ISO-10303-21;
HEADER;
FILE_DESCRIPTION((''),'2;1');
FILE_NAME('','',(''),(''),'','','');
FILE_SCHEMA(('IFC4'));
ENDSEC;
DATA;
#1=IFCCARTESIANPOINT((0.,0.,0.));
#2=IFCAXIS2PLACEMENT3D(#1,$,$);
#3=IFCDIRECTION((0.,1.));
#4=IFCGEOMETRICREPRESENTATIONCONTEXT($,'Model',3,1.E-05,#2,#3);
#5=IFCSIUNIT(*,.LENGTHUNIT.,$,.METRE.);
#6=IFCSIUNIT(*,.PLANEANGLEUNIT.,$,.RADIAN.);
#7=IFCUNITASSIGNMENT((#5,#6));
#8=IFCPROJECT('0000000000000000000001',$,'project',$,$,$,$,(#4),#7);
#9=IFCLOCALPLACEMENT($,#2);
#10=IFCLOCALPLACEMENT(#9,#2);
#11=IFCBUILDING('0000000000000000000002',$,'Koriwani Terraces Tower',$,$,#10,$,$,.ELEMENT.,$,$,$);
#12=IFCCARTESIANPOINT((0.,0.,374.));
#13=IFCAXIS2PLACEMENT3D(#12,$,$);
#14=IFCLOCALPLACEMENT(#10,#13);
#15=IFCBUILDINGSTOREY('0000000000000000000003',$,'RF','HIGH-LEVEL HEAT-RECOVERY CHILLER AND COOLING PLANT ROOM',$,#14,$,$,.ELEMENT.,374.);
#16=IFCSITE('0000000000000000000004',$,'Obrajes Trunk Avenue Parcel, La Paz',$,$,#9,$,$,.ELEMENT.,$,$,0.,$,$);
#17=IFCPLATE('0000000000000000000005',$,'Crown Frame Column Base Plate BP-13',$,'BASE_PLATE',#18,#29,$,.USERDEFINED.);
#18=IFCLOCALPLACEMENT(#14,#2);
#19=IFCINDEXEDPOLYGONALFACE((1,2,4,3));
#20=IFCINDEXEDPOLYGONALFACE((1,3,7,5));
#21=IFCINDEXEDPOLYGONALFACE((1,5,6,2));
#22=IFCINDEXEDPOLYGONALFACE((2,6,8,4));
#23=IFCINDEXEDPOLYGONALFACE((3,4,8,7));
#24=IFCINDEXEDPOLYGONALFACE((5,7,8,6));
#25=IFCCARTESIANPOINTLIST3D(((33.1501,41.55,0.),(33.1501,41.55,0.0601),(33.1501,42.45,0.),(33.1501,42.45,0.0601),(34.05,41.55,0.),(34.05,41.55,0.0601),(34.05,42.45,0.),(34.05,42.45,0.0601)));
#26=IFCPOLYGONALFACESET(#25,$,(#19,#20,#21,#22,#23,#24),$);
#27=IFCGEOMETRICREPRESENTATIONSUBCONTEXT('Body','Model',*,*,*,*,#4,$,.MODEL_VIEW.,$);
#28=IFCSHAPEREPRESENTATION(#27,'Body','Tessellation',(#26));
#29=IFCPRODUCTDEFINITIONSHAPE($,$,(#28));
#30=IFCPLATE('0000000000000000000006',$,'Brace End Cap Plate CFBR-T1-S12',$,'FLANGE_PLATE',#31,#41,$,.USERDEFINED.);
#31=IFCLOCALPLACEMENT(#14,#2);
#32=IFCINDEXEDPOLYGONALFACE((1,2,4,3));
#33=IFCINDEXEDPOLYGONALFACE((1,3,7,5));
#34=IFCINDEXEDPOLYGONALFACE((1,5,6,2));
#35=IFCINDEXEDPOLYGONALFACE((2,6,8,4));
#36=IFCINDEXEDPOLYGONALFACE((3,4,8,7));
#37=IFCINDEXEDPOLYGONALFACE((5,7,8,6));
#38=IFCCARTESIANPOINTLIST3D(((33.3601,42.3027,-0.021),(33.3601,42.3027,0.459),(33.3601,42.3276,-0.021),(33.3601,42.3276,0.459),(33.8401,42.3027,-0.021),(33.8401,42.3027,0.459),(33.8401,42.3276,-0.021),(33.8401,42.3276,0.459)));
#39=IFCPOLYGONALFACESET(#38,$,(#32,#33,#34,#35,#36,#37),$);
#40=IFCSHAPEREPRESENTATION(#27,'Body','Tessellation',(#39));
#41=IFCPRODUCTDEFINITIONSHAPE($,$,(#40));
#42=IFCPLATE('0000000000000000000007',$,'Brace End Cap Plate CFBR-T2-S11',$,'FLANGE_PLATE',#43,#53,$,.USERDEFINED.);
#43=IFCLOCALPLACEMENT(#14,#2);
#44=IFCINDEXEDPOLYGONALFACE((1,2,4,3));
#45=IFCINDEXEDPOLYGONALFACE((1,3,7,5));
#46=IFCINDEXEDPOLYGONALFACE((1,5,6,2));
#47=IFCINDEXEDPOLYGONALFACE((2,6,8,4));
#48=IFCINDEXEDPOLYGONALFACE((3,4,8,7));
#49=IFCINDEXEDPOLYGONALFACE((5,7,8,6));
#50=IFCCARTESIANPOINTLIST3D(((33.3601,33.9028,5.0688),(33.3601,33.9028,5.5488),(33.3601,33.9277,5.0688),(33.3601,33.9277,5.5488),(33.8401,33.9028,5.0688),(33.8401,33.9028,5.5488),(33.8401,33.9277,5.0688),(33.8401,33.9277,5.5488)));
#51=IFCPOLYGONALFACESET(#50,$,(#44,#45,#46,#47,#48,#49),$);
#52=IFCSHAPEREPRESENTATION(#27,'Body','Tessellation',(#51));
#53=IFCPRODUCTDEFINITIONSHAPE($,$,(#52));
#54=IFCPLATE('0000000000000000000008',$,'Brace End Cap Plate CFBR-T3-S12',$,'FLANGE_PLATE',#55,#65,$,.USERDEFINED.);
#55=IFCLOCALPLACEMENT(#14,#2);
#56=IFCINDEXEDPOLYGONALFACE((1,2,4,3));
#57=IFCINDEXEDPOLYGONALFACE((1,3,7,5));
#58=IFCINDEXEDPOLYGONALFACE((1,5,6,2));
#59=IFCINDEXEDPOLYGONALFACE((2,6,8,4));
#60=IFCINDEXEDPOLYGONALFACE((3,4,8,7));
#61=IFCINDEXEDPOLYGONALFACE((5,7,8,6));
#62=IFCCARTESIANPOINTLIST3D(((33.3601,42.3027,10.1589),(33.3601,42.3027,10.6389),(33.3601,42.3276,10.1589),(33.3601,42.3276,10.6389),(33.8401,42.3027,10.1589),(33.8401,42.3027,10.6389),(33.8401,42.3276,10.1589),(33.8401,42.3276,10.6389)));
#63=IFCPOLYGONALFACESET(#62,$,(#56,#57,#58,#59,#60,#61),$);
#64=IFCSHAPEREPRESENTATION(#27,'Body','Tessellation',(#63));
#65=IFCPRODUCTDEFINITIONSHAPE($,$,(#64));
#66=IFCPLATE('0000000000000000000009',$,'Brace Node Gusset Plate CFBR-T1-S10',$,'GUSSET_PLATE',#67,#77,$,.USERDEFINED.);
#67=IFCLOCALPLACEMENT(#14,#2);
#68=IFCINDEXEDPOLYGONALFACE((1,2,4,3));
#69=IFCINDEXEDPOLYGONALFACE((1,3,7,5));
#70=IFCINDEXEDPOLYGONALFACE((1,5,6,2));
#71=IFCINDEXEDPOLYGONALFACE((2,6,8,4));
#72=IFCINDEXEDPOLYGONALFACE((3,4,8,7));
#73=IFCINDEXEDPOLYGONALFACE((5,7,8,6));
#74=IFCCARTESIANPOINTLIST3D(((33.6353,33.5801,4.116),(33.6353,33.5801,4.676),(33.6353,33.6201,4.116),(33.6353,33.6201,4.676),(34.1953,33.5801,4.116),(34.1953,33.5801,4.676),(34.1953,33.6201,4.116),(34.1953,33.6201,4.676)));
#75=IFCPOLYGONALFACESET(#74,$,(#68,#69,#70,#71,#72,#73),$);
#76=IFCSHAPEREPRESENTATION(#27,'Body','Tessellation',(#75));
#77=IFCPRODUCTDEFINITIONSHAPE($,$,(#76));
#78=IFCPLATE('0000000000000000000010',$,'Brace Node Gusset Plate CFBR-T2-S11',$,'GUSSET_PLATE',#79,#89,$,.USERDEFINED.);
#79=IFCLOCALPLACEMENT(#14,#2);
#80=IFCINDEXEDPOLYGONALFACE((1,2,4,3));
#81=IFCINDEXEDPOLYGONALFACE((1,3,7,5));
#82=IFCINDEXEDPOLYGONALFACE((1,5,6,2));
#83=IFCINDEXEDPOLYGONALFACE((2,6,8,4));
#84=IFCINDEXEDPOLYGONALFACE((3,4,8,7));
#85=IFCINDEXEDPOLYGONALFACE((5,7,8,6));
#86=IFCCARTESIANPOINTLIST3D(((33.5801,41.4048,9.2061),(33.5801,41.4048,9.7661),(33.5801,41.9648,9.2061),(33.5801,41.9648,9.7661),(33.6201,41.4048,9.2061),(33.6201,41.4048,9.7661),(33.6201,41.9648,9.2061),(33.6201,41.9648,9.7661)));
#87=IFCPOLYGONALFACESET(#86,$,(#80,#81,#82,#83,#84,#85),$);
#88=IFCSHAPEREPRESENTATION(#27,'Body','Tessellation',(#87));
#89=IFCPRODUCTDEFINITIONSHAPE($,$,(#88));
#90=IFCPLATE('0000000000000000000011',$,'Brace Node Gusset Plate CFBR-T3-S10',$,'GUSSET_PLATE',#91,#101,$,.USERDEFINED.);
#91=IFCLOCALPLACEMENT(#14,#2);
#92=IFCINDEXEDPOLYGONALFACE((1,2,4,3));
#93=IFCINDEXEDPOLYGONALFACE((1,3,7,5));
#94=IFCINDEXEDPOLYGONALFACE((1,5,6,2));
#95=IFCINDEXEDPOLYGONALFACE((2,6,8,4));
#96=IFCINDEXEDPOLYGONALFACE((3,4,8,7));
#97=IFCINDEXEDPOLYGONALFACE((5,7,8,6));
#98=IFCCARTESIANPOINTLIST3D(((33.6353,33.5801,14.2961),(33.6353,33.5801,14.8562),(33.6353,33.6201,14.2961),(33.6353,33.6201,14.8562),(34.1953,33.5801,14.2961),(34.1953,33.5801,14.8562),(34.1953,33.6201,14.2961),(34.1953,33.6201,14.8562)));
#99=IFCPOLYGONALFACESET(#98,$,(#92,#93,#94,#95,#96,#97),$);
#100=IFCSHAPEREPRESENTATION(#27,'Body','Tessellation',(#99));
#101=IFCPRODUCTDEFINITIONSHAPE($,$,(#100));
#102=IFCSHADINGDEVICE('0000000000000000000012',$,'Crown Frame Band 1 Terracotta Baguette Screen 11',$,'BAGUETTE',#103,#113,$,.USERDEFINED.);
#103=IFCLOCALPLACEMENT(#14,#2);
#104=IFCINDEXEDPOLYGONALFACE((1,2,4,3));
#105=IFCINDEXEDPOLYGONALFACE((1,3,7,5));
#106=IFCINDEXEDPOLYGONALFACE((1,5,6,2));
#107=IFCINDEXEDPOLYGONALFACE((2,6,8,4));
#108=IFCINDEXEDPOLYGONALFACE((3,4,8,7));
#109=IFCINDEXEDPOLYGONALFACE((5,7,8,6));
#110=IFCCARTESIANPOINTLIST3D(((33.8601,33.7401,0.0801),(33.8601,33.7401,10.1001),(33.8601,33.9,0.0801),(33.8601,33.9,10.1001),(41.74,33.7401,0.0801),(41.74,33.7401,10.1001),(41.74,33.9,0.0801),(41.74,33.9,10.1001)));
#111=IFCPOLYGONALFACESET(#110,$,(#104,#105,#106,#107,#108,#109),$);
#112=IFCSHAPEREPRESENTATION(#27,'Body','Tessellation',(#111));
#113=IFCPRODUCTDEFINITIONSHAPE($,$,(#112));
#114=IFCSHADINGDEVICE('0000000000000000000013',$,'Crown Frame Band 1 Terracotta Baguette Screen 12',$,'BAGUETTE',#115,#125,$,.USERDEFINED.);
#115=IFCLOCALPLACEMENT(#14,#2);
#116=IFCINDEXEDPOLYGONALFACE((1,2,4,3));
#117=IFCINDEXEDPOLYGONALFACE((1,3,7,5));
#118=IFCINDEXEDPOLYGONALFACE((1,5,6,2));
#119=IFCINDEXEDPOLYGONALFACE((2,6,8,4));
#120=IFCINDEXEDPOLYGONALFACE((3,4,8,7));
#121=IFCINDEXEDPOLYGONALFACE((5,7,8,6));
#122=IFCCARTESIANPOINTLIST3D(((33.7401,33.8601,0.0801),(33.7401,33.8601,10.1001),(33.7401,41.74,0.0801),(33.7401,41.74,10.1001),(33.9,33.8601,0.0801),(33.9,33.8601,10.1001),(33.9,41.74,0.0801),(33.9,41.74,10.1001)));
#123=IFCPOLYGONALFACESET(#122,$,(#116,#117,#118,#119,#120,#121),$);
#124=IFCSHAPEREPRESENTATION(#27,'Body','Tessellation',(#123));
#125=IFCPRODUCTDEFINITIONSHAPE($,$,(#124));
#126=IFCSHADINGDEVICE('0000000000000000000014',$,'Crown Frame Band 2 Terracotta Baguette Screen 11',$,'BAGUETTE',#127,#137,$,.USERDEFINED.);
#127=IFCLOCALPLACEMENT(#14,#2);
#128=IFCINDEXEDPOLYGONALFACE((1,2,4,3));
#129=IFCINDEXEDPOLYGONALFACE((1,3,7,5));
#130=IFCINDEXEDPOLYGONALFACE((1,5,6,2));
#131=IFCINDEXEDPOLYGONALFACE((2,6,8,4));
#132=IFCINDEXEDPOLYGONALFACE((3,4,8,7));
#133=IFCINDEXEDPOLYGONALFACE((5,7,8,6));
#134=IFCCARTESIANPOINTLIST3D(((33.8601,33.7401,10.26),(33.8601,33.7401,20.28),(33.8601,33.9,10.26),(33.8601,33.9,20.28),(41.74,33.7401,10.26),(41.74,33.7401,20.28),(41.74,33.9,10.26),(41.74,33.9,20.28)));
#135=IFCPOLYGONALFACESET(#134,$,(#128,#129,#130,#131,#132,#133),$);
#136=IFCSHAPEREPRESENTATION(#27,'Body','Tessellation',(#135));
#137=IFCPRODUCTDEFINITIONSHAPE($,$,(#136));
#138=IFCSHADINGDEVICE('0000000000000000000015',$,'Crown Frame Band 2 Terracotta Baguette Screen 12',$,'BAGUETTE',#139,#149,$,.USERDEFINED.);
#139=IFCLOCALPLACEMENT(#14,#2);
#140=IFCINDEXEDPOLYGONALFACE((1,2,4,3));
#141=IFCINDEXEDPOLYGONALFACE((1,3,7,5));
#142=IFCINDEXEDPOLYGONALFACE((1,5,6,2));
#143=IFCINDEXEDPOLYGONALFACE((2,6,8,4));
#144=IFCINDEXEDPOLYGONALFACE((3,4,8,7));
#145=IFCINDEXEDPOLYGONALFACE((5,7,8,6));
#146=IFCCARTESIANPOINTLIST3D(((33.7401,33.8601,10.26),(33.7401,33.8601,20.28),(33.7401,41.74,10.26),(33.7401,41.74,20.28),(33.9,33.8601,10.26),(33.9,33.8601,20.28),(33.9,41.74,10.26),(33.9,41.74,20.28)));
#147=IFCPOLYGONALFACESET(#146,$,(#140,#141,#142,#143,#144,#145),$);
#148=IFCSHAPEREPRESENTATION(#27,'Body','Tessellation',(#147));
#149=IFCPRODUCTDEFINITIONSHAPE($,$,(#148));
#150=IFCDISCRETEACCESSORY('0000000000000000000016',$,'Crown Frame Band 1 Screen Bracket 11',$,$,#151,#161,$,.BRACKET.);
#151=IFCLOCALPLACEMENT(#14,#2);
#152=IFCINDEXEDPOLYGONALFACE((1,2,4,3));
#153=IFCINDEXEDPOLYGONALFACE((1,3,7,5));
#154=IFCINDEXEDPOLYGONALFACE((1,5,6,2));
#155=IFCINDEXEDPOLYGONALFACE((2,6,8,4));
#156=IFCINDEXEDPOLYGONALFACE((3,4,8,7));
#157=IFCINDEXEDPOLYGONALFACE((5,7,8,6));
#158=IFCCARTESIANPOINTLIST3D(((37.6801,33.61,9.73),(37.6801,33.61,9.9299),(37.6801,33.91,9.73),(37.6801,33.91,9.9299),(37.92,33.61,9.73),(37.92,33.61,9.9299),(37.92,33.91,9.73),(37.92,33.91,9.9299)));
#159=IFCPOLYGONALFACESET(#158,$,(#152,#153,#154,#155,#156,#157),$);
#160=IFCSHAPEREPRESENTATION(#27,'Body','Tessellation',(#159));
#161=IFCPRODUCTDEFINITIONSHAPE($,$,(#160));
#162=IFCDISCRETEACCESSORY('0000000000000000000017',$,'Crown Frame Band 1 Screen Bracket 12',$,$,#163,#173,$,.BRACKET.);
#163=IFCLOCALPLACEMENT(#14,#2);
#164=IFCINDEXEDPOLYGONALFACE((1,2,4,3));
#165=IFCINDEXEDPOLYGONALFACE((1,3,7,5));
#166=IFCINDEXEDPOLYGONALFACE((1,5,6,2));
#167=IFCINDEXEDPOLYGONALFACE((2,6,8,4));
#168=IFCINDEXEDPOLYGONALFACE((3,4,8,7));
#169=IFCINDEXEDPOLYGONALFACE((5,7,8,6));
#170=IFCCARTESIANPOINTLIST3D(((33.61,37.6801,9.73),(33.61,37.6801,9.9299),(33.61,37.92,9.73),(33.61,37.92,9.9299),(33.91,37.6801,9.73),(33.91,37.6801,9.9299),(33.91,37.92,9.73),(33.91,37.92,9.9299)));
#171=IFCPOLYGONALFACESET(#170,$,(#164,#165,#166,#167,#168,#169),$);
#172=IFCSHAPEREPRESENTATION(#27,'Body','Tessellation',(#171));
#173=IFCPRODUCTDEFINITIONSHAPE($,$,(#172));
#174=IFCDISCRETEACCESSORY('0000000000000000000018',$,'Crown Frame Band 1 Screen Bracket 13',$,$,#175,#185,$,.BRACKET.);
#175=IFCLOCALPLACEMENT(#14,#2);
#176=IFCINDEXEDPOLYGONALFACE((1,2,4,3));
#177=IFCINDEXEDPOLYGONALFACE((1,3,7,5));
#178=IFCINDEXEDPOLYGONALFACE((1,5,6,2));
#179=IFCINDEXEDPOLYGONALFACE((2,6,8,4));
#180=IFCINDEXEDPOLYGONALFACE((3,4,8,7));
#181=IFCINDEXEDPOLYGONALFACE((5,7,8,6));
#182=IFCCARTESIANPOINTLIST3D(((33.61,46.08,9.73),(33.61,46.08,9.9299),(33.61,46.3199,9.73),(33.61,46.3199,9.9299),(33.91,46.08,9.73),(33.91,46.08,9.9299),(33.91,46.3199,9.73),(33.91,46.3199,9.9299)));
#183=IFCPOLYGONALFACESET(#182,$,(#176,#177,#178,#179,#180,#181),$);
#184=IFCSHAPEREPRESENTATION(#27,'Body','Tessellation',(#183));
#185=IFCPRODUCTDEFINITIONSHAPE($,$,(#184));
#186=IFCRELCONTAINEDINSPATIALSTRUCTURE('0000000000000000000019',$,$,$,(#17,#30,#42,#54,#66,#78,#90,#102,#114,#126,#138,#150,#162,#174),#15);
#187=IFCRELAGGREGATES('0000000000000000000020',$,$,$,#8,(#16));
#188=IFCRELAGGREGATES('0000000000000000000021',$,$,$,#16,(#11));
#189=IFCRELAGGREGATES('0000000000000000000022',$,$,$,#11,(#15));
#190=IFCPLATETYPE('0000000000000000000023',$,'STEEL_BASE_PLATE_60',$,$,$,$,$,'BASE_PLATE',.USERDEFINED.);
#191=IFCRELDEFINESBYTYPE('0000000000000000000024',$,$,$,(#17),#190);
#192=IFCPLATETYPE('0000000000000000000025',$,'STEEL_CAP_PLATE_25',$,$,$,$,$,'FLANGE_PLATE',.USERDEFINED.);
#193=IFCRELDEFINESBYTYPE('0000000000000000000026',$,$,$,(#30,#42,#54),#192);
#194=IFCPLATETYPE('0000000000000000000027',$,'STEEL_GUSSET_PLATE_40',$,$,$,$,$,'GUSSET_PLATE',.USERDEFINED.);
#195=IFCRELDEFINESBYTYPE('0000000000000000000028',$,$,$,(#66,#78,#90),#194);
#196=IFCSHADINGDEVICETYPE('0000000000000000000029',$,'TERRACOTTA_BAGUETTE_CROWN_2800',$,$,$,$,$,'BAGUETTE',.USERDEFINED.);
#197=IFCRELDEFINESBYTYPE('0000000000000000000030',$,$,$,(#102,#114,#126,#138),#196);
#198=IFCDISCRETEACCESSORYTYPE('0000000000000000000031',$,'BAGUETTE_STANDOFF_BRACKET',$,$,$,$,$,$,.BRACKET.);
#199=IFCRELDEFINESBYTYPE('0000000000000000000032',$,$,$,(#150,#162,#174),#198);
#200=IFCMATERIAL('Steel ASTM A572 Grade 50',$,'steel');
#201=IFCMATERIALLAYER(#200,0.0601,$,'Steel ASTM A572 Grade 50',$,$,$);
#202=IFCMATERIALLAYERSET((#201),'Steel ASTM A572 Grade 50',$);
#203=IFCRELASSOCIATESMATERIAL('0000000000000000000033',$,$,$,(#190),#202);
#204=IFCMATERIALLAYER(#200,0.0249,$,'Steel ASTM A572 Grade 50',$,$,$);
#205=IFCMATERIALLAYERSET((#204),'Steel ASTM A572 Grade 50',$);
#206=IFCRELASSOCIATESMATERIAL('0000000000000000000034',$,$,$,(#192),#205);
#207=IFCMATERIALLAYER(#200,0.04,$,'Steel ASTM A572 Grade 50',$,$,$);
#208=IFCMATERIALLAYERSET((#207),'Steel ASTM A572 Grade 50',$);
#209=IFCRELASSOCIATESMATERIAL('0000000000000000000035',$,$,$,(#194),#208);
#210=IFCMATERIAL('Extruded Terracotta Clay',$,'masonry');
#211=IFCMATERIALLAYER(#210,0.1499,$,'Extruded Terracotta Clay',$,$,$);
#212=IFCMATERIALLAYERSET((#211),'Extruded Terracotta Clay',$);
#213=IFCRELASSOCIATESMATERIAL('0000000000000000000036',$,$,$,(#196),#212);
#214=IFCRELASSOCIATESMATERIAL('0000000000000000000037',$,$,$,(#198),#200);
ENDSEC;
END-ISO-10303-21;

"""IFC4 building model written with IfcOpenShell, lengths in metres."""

from ifc_helpers import new_model, si_unit, direction, frame, origin, origin_2d, place, context, subcontext, project, spatial, rectangle, extrude, material, layer, layer_set, type_object, element, save


model = new_model("IFC4")

# Units and contexts
model_context = context("Model", 3, precision=1e-05, world=origin(), true_north=direction((0.0, 1.0)))
body_context = subcontext(model_context, "Body", "Model", "MODEL_VIEW")
ifc_project = project(units=[si_unit("LENGTHUNIT", "METRE"), si_unit("PLANEANGLEUNIT", "RADIAN")], contexts=[model_context])

# Site, building, storey
site_placement = place(None, origin())
site = spatial("IfcSite", under=ifc_project, at=site_placement, Name="Obrajes Trunk Avenue Parcel, La Paz", CompositionType="ELEMENT", RefElevation=0.0)
building_placement = place(site_placement, origin())
building = spatial("IfcBuilding", under=site, at=building_placement, Name="Koriwani Terraces Tower", CompositionType="ELEMENT")
storey_placement = place(building_placement, frame((0.0, 0.0, 374.0)))
storey = spatial("IfcBuildingStorey", under=building, at=storey_placement, Name="RF", Description="HIGH-LEVEL HEAT-RECOVERY CHILLER AND COOLING PLANT ROOM", CompositionType="ELEMENT", Elevation=374.0)

# Shared definitions
ifc_material_1 = material(Name="Steel ASTM A572 Grade 50", Category="steel")

# Plates
ifc_layer_1 = layer(ifc_material_1, 0.0601, Name="Steel ASTM A572 Grade 50")
ifc_layer_set_1 = layer_set([ifc_layer_1], Name="Steel ASTM A572 Grade 50")
plate_type_1 = type_object("IfcPlateType", Name="STEEL_BASE_PLATE_60", ElementType="BASE_PLATE", PredefinedType="USERDEFINED", material=ifc_layer_set_1)
plate_placement = place(storey_placement, frame((33.6001, 42.0, 0.0), z_axis=(0.0, 0.0, 1.0), x_axis=(1.0, 0.0, 0.0)))
element("IfcPlate", 1, at=plate_placement, inside=storey, type_object=plate_type_1, Name="Crown Frame Column Base Plate BP-13", ObjectType="BASE_PLATE", PredefinedType="USERDEFINED", context=body_context, shape_type="SweptSolid", body=[
    extrude(rectangle(XDim=0.8999, YDim=0.8999, at=origin_2d()), origin(), (0.0, 0.0, 1.0), 0.0601),
])
ifc_layer_2 = layer(ifc_material_1, 0.0249, Name="Steel ASTM A572 Grade 50")
ifc_layer_set_2 = layer_set([ifc_layer_2], Name="Steel ASTM A572 Grade 50")
plate_type_2 = type_object("IfcPlateType", Name="STEEL_CAP_PLATE_25", ElementType="FLANGE_PLATE", PredefinedType="USERDEFINED", material=ifc_layer_set_2)
for number, where, z_axis, x_axis, name in (
    (2, (33.6001, 42.3152, -0.021), (0.0, 0.0, 1.0), (0.0, 1.0, 0.0), "Brace End Cap Plate CFBR-T1-S12"),
    (3, (33.6001, 33.9153, 5.0688), (0.0, 0.0, 1.0), (0.0, 1.0, 0.0), "Brace End Cap Plate CFBR-T2-S11"),
    (4, (33.6001, 42.3152, 10.1589), (0.0, 0.0, 1.0), (0.0, 1.0, 0.0), "Brace End Cap Plate CFBR-T3-S12"),
):
    element("IfcPlate", number, at=place(storey_placement, frame(where, z_axis=z_axis, x_axis=x_axis)), inside=storey, type_object=plate_type_2, Name=name, ObjectType="FLANGE_PLATE", PredefinedType="USERDEFINED", context=body_context, shape_type="SweptSolid", body=[
        extrude(rectangle(XDim=0.0249, YDim=0.48, at=origin_2d()), origin(), (0.0, 0.0, 1.0), 0.48),
    ])
ifc_layer_3 = layer(ifc_material_1, 0.04, Name="Steel ASTM A572 Grade 50")
ifc_layer_set_3 = layer_set([ifc_layer_3], Name="Steel ASTM A572 Grade 50")
plate_type_3 = type_object("IfcPlateType", Name="STEEL_GUSSET_PLATE_40", ElementType="GUSSET_PLATE", PredefinedType="USERDEFINED", material=ifc_layer_set_3)
for number, where, z_axis, x_axis, name in (
    (5, (33.9153, 33.6001, 4.116), (0.0, 0.0, 1.0), (-1.0, 0.0, 0.0), "Brace Node Gusset Plate CFBR-T1-S10"),
    (6, (33.6001, 41.6848, 9.2061), (0.0, 0.0, 1.0), (0.0, 1.0, 0.0), "Brace Node Gusset Plate CFBR-T2-S11"),
    (7, (33.9153, 33.6001, 14.2961), (0.0, 0.0, 1.0), (-1.0, 0.0, 0.0), "Brace Node Gusset Plate CFBR-T3-S10"),
):
    element("IfcPlate", number, at=place(storey_placement, frame(where, z_axis=z_axis, x_axis=x_axis)), inside=storey, type_object=plate_type_3, Name=name, ObjectType="GUSSET_PLATE", PredefinedType="USERDEFINED", context=body_context, shape_type="SweptSolid", body=[
        extrude(rectangle(XDim=0.5601, YDim=0.04, at=origin_2d()), origin(), (0.0, 0.0, 1.0), 0.5601),
    ])

# Shading devices
ifc_material_2 = material(Name="Extruded Terracotta Clay", Category="masonry")
ifc_layer_4 = layer(ifc_material_2, 0.1499, Name="Extruded Terracotta Clay")
ifc_layer_set_4 = layer_set([ifc_layer_4], Name="Extruded Terracotta Clay")
shading_device_type = type_object("IfcShadingDeviceType", Name="TERRACOTTA_BAGUETTE_CROWN_2800", ElementType="BAGUETTE", PredefinedType="USERDEFINED", material=ifc_layer_set_4)
for number, where, z_axis, x_axis, name in (
    (8, (37.8, 33.8201, 0.0801), (0.0, 0.0, 1.0), (-1.0, 0.0, 0.0), "Crown Frame Band 1 Terracotta Baguette Screen 11"),
    (9, (33.8201, 37.8, 0.0801), (0.0, 0.0, 1.0), (0.0, 1.0, 0.0), "Crown Frame Band 1 Terracotta Baguette Screen 12"),
    (10, (37.8, 33.8201, 10.26), (0.0, 0.0, 1.0), (-1.0, 0.0, 0.0), "Crown Frame Band 2 Terracotta Baguette Screen 11"),
    (11, (33.8201, 37.8, 10.26), (0.0, 0.0, 1.0), (0.0, 1.0, 0.0), "Crown Frame Band 2 Terracotta Baguette Screen 12"),
):
    element("IfcShadingDevice", number, at=place(storey_placement, frame(where, z_axis=z_axis, x_axis=x_axis)), inside=storey, type_object=shading_device_type, Name=name, ObjectType="BAGUETTE", PredefinedType="USERDEFINED", context=body_context, shape_type="SweptSolid", body=[
        extrude(rectangle(XDim=7.8799, YDim=0.1599, at=origin_2d()), origin(), (0.0, 0.0, 1.0), 10.02),
    ])

# Discrete accessories
discrete_accessory_type = type_object("IfcDiscreteAccessoryType", Name="BAGUETTE_STANDOFF_BRACKET", PredefinedType="BRACKET", material=ifc_material_1)
for number, where, z_axis, x_axis, name in (
    (12, (37.8, 33.76, 9.73), (0.0, 0.0, 1.0), (-1.0, 0.0, 0.0), "Crown Frame Band 1 Screen Bracket 11"),
    (13, (33.76, 37.8, 9.73), (0.0, 0.0, 1.0), (0.0, 1.0, 0.0), "Crown Frame Band 1 Screen Bracket 12"),
    (14, (33.76, 46.2, 9.73), (0.0, 0.0, 1.0), (0.0, 1.0, 0.0), "Crown Frame Band 1 Screen Bracket 13"),
):
    element("IfcDiscreteAccessory", number, at=place(storey_placement, frame(where, z_axis=z_axis, x_axis=x_axis)), inside=storey, type_object=discrete_accessory_type, Name=name, PredefinedType="BRACKET", context=body_context, shape_type="SweptSolid", body=[
        extrude(rectangle(XDim=0.24, YDim=0.3, at=origin_2d()), origin(), (0.0, 0.0, 1.0), 0.2),
    ])

save(model, "model.ifc")
